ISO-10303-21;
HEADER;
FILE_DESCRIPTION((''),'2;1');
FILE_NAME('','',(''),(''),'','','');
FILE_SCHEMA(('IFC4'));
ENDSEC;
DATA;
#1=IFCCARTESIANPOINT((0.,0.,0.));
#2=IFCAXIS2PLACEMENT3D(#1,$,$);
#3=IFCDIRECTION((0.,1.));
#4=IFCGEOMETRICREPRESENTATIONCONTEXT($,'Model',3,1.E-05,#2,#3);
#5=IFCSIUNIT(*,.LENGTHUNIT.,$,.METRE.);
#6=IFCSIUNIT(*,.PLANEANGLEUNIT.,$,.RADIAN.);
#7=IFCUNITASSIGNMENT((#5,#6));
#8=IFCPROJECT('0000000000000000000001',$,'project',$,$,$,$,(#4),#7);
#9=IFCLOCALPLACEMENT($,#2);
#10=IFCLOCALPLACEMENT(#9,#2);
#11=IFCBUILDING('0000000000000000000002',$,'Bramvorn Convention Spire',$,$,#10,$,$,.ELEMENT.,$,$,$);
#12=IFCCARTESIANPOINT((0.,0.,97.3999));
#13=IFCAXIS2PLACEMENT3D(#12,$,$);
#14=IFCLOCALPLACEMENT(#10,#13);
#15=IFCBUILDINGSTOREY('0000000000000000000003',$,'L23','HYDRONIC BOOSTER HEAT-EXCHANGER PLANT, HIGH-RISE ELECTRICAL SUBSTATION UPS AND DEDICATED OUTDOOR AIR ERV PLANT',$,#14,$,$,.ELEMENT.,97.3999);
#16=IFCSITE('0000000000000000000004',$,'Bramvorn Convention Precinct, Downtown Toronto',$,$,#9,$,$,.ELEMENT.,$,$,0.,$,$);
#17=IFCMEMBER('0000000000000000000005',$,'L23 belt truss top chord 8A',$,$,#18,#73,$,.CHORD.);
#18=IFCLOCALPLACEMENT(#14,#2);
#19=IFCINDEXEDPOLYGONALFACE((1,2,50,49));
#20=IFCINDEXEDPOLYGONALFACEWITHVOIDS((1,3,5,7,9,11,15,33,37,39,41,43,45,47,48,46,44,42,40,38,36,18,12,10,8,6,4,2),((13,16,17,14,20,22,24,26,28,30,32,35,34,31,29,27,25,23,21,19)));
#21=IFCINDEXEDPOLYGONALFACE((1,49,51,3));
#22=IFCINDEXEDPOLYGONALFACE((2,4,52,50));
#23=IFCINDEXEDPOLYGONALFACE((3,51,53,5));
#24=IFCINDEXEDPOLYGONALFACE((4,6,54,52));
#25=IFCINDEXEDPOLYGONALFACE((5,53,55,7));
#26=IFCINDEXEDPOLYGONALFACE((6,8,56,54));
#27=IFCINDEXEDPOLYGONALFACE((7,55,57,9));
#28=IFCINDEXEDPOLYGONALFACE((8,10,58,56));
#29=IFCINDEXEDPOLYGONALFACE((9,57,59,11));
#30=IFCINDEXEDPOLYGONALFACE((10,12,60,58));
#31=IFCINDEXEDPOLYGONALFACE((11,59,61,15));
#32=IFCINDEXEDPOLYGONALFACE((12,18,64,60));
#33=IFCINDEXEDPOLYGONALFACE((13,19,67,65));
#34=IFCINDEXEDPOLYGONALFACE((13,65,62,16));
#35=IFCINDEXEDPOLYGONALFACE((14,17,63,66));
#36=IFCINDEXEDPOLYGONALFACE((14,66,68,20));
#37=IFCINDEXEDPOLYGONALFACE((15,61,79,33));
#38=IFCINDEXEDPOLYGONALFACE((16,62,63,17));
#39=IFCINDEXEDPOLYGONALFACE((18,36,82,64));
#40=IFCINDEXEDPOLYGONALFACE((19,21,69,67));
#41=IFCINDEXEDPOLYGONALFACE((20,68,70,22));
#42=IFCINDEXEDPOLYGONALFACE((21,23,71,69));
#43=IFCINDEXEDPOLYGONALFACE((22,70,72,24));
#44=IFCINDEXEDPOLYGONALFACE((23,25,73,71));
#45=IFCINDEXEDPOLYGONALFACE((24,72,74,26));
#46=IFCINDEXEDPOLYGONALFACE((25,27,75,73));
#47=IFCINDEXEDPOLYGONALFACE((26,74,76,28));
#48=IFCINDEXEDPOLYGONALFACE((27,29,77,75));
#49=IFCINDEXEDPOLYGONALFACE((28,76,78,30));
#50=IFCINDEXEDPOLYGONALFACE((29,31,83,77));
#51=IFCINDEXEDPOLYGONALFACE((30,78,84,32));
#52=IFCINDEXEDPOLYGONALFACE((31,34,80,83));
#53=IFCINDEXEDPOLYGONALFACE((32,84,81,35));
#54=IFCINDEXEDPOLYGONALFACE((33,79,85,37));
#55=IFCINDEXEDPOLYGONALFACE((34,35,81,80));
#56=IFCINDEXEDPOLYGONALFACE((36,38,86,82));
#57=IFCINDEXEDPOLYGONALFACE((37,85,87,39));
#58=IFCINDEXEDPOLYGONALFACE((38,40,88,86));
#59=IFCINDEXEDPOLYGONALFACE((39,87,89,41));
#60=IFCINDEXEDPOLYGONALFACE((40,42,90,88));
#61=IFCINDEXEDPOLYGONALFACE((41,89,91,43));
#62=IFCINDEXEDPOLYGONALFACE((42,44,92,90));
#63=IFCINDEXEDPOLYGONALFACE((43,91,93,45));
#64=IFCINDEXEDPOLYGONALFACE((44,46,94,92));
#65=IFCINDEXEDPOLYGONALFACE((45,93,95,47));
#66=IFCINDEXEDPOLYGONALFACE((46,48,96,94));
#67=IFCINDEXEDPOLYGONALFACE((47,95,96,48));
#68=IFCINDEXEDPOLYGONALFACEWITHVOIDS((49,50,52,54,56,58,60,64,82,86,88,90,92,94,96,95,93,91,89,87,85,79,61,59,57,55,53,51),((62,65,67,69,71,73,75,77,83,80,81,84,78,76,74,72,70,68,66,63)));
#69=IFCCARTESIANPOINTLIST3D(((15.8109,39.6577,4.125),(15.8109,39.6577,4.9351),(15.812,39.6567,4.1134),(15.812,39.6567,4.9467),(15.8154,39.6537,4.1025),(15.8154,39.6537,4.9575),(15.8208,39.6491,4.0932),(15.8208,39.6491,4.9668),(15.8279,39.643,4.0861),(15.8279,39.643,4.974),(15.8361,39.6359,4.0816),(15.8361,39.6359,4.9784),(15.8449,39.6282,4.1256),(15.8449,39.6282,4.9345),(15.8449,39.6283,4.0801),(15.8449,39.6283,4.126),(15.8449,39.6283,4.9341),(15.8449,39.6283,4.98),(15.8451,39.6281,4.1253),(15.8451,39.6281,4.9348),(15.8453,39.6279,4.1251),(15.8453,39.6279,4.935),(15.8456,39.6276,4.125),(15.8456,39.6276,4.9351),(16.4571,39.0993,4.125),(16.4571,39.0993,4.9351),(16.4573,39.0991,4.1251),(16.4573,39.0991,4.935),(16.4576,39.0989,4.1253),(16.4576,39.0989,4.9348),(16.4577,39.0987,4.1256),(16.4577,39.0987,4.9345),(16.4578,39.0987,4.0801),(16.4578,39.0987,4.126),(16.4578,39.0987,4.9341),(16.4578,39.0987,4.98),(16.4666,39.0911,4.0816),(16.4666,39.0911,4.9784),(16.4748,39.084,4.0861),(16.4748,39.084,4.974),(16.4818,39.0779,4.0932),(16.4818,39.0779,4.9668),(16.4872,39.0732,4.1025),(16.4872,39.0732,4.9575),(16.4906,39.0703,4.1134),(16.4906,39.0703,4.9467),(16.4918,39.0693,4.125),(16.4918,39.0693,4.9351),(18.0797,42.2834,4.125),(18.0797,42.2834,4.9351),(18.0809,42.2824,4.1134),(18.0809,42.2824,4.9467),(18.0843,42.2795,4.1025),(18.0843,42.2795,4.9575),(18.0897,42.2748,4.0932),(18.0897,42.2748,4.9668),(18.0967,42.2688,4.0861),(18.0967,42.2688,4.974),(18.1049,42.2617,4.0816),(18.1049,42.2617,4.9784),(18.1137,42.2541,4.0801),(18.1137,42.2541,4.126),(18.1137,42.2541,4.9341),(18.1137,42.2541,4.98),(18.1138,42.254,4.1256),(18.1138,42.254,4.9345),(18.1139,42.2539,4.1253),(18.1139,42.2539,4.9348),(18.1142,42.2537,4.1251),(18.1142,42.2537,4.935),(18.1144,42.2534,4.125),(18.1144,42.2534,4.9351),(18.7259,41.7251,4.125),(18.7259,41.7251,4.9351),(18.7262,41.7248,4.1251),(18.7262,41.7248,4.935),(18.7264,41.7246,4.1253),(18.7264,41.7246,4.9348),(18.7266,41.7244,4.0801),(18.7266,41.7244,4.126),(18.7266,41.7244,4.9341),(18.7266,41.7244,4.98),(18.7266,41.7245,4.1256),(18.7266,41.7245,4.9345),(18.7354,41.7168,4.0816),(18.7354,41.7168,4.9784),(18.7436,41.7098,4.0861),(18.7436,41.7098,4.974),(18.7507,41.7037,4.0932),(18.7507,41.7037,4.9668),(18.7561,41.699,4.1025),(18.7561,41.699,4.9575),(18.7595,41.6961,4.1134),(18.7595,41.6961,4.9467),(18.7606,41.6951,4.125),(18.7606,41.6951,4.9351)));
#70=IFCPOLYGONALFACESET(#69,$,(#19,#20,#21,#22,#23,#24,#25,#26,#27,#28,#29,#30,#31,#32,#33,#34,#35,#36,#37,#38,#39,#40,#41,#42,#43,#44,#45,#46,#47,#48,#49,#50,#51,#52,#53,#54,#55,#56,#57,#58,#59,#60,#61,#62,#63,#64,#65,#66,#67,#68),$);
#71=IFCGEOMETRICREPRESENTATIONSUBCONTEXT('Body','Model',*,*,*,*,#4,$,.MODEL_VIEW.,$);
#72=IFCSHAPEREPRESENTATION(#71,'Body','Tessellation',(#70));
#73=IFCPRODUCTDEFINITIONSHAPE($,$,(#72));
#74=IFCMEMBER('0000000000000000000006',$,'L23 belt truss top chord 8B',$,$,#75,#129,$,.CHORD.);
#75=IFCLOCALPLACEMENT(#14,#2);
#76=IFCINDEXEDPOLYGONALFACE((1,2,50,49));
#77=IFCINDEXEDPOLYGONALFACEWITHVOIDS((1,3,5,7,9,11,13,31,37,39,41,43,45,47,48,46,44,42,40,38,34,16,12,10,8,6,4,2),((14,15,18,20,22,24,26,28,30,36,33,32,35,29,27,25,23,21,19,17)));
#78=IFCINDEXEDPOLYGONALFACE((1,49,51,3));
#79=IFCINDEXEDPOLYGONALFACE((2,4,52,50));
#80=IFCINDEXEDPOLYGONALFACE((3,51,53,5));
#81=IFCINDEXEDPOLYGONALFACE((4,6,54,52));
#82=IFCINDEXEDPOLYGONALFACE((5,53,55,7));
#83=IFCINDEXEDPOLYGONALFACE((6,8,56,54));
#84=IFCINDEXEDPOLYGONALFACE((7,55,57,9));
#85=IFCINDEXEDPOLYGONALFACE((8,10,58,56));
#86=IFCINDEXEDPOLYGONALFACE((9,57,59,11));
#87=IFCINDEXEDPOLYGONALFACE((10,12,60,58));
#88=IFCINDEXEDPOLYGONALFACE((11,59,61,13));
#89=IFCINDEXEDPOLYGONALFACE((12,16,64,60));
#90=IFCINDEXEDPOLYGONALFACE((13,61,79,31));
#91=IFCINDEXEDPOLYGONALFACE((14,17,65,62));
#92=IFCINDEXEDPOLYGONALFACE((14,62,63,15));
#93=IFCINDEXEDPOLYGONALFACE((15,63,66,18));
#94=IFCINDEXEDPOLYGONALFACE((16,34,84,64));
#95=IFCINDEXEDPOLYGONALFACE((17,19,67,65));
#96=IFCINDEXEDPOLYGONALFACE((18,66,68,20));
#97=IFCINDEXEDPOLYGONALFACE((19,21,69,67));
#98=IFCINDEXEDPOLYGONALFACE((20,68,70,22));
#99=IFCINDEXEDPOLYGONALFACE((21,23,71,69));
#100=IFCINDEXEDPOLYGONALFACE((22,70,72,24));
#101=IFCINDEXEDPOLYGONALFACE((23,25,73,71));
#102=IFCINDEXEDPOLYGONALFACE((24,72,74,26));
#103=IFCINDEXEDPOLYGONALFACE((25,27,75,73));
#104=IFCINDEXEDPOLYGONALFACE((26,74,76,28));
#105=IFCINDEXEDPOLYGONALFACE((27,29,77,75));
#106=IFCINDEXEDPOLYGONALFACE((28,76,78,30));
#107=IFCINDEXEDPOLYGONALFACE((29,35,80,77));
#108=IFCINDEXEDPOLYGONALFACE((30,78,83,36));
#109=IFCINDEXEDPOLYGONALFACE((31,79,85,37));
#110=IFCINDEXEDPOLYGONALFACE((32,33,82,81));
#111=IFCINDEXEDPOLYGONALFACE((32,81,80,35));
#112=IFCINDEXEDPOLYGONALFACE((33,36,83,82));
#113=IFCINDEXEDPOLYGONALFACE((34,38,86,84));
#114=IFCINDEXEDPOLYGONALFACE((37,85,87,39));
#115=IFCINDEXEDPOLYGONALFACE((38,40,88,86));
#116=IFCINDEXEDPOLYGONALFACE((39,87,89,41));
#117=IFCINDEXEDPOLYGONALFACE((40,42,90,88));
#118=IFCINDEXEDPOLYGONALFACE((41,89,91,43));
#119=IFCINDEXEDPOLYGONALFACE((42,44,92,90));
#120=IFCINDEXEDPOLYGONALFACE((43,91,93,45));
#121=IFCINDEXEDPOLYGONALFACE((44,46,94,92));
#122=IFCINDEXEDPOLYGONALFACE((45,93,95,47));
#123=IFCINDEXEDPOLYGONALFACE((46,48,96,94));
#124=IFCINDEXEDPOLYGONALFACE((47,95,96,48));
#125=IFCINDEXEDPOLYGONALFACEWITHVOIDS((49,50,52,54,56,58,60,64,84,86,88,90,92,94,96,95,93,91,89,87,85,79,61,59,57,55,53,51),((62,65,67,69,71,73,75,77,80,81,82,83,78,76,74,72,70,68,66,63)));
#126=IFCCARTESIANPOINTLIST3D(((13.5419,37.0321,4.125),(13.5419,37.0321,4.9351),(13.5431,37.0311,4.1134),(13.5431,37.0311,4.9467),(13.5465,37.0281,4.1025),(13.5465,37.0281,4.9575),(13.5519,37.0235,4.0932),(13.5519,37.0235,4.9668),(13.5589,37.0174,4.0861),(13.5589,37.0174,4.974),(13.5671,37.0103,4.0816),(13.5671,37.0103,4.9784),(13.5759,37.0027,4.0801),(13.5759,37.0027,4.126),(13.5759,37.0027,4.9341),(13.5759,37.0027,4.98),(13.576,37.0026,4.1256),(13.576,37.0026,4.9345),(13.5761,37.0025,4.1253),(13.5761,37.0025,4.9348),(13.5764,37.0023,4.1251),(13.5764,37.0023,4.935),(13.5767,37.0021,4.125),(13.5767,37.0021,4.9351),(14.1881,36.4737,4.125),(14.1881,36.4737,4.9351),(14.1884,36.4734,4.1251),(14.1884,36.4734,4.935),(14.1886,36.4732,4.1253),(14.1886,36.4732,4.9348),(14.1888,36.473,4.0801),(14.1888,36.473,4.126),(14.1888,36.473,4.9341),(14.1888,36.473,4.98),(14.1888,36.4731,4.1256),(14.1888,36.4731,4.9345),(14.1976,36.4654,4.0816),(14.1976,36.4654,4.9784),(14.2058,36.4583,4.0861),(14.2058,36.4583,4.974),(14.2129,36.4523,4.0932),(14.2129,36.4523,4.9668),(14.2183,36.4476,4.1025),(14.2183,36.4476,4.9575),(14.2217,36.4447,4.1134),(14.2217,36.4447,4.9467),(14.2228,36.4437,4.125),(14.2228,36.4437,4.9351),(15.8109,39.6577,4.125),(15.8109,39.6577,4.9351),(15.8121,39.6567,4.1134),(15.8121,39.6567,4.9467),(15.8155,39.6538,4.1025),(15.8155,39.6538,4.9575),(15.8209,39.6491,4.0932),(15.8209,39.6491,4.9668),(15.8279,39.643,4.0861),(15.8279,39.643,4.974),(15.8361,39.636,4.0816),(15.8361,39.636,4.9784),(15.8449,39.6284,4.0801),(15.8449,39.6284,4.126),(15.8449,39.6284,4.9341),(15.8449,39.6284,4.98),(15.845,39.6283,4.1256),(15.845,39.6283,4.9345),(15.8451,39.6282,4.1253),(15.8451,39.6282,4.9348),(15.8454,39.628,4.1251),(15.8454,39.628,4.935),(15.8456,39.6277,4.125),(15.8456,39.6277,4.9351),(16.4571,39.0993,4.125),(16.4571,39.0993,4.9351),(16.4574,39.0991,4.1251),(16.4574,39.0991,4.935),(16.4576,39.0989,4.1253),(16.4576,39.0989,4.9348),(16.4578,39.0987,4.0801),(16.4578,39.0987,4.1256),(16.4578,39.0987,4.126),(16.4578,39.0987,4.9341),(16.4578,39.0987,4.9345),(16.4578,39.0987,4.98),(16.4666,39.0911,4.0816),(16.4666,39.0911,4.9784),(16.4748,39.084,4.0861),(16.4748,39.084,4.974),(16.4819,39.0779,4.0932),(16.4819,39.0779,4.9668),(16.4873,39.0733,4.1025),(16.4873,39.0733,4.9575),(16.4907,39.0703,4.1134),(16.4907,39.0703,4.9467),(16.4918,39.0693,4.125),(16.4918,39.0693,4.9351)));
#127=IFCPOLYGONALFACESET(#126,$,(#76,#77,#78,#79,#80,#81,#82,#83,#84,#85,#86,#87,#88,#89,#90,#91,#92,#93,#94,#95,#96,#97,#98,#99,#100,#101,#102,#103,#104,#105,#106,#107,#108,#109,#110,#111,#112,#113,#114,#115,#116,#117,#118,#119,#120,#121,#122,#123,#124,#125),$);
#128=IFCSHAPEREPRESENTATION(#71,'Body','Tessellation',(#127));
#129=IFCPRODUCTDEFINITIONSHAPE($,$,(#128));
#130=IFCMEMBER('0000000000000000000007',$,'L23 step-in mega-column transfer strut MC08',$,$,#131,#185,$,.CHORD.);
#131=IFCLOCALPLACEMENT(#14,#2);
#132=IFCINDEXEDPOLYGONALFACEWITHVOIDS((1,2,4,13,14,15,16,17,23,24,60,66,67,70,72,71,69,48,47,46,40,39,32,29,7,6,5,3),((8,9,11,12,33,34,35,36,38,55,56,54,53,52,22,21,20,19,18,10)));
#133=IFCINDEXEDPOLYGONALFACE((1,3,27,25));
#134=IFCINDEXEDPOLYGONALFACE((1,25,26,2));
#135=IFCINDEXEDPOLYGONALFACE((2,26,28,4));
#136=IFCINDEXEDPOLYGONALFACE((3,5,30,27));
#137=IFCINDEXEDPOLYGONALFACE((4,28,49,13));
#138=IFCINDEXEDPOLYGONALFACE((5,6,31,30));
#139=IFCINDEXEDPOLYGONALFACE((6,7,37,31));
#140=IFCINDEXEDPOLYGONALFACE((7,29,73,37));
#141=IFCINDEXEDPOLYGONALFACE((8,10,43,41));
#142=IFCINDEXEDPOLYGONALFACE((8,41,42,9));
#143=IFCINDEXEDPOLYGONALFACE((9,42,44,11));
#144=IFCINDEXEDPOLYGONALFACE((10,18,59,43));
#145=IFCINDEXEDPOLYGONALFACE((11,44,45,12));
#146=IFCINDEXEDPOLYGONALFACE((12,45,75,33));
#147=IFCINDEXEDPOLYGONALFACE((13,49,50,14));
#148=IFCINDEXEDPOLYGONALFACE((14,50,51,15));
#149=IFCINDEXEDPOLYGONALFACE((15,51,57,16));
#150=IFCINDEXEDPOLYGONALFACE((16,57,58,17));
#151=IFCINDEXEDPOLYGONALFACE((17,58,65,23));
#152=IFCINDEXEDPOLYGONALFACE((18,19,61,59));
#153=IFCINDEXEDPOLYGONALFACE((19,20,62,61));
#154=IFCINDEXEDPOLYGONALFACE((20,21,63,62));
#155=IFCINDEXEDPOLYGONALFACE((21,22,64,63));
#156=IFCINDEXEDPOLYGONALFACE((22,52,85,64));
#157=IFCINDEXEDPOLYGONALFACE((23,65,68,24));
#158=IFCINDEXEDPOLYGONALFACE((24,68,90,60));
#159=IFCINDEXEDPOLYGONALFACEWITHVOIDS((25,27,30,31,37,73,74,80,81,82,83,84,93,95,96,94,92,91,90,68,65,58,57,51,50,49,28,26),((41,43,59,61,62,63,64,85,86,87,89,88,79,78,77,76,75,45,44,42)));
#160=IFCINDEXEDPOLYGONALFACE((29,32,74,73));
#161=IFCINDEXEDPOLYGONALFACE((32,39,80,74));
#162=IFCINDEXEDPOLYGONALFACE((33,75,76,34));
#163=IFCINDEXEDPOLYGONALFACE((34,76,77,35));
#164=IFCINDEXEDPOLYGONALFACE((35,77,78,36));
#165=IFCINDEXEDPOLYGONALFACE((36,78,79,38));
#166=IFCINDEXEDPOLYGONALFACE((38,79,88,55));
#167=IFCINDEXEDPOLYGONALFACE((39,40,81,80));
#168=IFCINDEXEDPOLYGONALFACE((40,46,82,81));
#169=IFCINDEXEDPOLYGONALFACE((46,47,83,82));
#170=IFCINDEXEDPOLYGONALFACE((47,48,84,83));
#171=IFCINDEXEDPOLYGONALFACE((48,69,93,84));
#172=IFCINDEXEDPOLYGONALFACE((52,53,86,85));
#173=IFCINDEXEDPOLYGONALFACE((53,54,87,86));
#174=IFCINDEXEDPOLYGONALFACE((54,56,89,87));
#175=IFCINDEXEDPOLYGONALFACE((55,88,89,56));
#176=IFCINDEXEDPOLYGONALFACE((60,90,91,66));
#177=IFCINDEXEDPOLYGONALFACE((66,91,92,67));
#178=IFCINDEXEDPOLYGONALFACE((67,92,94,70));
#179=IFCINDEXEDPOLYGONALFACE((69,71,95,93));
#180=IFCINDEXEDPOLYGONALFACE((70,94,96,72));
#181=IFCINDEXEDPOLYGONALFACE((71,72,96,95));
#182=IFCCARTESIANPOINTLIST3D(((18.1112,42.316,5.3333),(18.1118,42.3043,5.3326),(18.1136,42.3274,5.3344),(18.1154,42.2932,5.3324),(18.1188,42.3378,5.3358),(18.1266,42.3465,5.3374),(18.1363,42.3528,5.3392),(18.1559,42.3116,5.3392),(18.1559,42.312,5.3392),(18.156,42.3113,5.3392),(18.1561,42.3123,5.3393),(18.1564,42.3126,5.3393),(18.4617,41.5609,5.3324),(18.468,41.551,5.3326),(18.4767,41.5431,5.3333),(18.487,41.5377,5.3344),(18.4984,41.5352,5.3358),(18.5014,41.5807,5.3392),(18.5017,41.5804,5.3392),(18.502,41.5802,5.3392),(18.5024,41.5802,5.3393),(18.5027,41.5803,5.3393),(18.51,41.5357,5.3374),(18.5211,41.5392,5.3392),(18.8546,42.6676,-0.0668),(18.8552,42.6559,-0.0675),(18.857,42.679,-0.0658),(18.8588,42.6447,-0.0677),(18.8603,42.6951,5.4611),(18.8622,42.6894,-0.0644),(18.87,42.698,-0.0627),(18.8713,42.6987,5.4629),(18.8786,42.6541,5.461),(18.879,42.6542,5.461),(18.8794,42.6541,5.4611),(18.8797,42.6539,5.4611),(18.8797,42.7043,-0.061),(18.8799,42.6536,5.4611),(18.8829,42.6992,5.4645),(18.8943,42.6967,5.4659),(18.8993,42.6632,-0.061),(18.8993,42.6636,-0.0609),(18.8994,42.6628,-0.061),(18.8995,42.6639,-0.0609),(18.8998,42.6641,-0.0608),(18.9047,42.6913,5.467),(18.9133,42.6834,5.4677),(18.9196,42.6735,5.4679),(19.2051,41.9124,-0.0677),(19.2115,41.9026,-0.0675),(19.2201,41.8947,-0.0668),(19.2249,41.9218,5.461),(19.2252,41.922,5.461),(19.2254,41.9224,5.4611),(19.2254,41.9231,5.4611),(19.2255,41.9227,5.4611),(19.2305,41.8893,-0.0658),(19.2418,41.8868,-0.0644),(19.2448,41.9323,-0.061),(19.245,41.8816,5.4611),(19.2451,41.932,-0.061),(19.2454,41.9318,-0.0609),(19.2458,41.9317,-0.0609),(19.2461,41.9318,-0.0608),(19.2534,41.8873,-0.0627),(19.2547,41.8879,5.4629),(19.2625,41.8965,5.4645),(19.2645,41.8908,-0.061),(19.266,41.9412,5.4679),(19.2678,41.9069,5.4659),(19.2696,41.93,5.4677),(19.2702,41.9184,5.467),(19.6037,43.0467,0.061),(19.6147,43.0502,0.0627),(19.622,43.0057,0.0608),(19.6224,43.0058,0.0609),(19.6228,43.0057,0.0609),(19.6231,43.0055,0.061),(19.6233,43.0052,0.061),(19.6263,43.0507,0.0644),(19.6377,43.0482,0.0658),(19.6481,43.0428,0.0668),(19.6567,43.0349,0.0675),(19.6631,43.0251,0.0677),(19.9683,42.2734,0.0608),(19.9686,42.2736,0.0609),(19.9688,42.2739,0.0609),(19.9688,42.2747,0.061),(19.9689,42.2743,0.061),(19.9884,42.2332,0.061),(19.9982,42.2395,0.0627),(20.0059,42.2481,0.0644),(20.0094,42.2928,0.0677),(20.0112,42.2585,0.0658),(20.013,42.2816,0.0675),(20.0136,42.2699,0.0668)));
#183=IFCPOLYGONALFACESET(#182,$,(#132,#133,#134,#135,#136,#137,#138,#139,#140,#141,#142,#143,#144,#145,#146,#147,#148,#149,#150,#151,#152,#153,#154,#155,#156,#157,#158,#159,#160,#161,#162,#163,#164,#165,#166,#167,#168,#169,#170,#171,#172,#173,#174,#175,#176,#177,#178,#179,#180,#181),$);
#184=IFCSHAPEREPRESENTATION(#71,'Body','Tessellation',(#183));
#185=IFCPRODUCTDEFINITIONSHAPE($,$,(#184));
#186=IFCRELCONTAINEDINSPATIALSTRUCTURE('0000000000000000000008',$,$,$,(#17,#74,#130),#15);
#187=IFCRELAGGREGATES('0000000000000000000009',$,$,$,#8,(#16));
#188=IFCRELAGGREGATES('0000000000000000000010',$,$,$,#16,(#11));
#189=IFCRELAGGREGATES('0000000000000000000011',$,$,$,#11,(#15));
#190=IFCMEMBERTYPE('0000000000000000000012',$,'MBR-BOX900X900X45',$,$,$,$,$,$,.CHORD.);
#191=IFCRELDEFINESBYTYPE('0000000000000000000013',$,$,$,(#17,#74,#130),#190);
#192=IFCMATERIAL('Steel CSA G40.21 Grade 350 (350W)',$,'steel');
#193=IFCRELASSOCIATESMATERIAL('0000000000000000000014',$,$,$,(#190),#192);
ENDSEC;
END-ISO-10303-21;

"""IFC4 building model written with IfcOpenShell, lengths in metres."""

from ifc_helpers import new_model, si_unit, direction, frame, origin, origin_2d, place, context, subcontext, project, spatial, hollow_rectangle, extrude, material, material_profile, profile_set, type_object, element, save


model = new_model("IFC4")

# Units and contexts
model_context = context("Model", 3, precision=1e-05, world=origin(), true_north=direction((0.0, 1.0)))
body_context = subcontext(model_context, "Body", "Model", "MODEL_VIEW")
ifc_project = project(units=[si_unit("LENGTHUNIT", "METRE"), si_unit("PLANEANGLEUNIT", "RADIAN")], contexts=[model_context])

# Site, building, storey
site_placement = place(None, origin())
site = spatial("IfcSite", under=ifc_project, at=site_placement, Name="Bramvorn Convention Precinct, Downtown Toronto", CompositionType="ELEMENT", RefElevation=0.0)
building_placement = place(site_placement, origin())
building = spatial("IfcBuilding", under=site, at=building_placement, Name="Bramvorn Convention Spire", CompositionType="ELEMENT")
storey_placement = place(building_placement, frame((0.0, 0.0, 97.3999)))
storey = spatial("IfcBuildingStorey", under=building, at=storey_placement, Name="L23", Description="HYDRONIC BOOSTER HEAT-EXCHANGER PLANT, HIGH-RISE ELECTRICAL SUBSTATION UPS AND DEDICATED OUTDOOR AIR ERV PLANT", CompositionType="ELEMENT", Elevation=97.3999)

# Shared definitions
ifc_material_1 = material(Name="Steel CSA G40.21 Grade 350 (350W)", Category="steel")

# Members
ifc_material_profile_1 = material_profile(ifc_material_1, hollow_rectangle(XDim=0.8999, YDim=0.8999, WallThickness=0.0449, InnerFilletRadius=0.001, OuterFilletRadius=0.0449, at=origin_2d()))
ifc_profile_set_1 = profile_set([ifc_material_profile_1], Name="Steel CSA G40.21 Grade 350 (350W) - BOX900X900X45")
member_type_1 = type_object("IfcMemberType", Name="MBR-BOX900X900X45", PredefinedType="CHORD", material=ifc_profile_set_1)
for number, where, z_axis, x_axis, name in (
    (1, (18.4202, 41.9893, 4.53), (-0.653805, -0.756663, 0.0), (0.756663, -0.653805, 0.0), "L23 belt truss top chord 8A"),
    (2, (16.1514, 39.3635, 4.53), (-0.653845, -0.756628, 0.0), (0.756628, -0.653845, 0.0), "L23 belt truss top chord 8B"),
):
    element("IfcMember", number, at=place(storey_placement, frame(where, z_axis=z_axis, x_axis=x_axis)), inside=storey, type_object=member_type_1, Name=name, PredefinedType="CHORD", context=body_context, shape_type="SweptSolid", body=[
        extrude(hollow_rectangle(XDim=0.8999, YDim=0.8999, WallThickness=0.0449, InnerFilletRadius=0.001, OuterFilletRadius=0.0449, at=origin_2d()), origin(), (0.0, 0.0, 1.0), 3.4702),
    ])
member_1_placement = place(storey_placement, frame((19.4341, 42.4688, 0.0), z_axis=(-0.136095, -0.06436, 0.988603), x_axis=(0.427512, -0.90401, 0.0)))
element("IfcMember", 3, at=member_1_placement, inside=storey, type_object=member_type_1, Name="L23 step-in mega-column transfer strut MC08", PredefinedType="CHORD", context=body_context, shape_type="SweptSolid", body=[
    extrude(hollow_rectangle(XDim=0.8999, YDim=0.8999, WallThickness=0.0449, InnerFilletRadius=0.001, OuterFilletRadius=0.0449, at=origin_2d()), origin(), (0.0, 0.0, 1.0), 5.4624),
])

save(model, "model.ifc")
